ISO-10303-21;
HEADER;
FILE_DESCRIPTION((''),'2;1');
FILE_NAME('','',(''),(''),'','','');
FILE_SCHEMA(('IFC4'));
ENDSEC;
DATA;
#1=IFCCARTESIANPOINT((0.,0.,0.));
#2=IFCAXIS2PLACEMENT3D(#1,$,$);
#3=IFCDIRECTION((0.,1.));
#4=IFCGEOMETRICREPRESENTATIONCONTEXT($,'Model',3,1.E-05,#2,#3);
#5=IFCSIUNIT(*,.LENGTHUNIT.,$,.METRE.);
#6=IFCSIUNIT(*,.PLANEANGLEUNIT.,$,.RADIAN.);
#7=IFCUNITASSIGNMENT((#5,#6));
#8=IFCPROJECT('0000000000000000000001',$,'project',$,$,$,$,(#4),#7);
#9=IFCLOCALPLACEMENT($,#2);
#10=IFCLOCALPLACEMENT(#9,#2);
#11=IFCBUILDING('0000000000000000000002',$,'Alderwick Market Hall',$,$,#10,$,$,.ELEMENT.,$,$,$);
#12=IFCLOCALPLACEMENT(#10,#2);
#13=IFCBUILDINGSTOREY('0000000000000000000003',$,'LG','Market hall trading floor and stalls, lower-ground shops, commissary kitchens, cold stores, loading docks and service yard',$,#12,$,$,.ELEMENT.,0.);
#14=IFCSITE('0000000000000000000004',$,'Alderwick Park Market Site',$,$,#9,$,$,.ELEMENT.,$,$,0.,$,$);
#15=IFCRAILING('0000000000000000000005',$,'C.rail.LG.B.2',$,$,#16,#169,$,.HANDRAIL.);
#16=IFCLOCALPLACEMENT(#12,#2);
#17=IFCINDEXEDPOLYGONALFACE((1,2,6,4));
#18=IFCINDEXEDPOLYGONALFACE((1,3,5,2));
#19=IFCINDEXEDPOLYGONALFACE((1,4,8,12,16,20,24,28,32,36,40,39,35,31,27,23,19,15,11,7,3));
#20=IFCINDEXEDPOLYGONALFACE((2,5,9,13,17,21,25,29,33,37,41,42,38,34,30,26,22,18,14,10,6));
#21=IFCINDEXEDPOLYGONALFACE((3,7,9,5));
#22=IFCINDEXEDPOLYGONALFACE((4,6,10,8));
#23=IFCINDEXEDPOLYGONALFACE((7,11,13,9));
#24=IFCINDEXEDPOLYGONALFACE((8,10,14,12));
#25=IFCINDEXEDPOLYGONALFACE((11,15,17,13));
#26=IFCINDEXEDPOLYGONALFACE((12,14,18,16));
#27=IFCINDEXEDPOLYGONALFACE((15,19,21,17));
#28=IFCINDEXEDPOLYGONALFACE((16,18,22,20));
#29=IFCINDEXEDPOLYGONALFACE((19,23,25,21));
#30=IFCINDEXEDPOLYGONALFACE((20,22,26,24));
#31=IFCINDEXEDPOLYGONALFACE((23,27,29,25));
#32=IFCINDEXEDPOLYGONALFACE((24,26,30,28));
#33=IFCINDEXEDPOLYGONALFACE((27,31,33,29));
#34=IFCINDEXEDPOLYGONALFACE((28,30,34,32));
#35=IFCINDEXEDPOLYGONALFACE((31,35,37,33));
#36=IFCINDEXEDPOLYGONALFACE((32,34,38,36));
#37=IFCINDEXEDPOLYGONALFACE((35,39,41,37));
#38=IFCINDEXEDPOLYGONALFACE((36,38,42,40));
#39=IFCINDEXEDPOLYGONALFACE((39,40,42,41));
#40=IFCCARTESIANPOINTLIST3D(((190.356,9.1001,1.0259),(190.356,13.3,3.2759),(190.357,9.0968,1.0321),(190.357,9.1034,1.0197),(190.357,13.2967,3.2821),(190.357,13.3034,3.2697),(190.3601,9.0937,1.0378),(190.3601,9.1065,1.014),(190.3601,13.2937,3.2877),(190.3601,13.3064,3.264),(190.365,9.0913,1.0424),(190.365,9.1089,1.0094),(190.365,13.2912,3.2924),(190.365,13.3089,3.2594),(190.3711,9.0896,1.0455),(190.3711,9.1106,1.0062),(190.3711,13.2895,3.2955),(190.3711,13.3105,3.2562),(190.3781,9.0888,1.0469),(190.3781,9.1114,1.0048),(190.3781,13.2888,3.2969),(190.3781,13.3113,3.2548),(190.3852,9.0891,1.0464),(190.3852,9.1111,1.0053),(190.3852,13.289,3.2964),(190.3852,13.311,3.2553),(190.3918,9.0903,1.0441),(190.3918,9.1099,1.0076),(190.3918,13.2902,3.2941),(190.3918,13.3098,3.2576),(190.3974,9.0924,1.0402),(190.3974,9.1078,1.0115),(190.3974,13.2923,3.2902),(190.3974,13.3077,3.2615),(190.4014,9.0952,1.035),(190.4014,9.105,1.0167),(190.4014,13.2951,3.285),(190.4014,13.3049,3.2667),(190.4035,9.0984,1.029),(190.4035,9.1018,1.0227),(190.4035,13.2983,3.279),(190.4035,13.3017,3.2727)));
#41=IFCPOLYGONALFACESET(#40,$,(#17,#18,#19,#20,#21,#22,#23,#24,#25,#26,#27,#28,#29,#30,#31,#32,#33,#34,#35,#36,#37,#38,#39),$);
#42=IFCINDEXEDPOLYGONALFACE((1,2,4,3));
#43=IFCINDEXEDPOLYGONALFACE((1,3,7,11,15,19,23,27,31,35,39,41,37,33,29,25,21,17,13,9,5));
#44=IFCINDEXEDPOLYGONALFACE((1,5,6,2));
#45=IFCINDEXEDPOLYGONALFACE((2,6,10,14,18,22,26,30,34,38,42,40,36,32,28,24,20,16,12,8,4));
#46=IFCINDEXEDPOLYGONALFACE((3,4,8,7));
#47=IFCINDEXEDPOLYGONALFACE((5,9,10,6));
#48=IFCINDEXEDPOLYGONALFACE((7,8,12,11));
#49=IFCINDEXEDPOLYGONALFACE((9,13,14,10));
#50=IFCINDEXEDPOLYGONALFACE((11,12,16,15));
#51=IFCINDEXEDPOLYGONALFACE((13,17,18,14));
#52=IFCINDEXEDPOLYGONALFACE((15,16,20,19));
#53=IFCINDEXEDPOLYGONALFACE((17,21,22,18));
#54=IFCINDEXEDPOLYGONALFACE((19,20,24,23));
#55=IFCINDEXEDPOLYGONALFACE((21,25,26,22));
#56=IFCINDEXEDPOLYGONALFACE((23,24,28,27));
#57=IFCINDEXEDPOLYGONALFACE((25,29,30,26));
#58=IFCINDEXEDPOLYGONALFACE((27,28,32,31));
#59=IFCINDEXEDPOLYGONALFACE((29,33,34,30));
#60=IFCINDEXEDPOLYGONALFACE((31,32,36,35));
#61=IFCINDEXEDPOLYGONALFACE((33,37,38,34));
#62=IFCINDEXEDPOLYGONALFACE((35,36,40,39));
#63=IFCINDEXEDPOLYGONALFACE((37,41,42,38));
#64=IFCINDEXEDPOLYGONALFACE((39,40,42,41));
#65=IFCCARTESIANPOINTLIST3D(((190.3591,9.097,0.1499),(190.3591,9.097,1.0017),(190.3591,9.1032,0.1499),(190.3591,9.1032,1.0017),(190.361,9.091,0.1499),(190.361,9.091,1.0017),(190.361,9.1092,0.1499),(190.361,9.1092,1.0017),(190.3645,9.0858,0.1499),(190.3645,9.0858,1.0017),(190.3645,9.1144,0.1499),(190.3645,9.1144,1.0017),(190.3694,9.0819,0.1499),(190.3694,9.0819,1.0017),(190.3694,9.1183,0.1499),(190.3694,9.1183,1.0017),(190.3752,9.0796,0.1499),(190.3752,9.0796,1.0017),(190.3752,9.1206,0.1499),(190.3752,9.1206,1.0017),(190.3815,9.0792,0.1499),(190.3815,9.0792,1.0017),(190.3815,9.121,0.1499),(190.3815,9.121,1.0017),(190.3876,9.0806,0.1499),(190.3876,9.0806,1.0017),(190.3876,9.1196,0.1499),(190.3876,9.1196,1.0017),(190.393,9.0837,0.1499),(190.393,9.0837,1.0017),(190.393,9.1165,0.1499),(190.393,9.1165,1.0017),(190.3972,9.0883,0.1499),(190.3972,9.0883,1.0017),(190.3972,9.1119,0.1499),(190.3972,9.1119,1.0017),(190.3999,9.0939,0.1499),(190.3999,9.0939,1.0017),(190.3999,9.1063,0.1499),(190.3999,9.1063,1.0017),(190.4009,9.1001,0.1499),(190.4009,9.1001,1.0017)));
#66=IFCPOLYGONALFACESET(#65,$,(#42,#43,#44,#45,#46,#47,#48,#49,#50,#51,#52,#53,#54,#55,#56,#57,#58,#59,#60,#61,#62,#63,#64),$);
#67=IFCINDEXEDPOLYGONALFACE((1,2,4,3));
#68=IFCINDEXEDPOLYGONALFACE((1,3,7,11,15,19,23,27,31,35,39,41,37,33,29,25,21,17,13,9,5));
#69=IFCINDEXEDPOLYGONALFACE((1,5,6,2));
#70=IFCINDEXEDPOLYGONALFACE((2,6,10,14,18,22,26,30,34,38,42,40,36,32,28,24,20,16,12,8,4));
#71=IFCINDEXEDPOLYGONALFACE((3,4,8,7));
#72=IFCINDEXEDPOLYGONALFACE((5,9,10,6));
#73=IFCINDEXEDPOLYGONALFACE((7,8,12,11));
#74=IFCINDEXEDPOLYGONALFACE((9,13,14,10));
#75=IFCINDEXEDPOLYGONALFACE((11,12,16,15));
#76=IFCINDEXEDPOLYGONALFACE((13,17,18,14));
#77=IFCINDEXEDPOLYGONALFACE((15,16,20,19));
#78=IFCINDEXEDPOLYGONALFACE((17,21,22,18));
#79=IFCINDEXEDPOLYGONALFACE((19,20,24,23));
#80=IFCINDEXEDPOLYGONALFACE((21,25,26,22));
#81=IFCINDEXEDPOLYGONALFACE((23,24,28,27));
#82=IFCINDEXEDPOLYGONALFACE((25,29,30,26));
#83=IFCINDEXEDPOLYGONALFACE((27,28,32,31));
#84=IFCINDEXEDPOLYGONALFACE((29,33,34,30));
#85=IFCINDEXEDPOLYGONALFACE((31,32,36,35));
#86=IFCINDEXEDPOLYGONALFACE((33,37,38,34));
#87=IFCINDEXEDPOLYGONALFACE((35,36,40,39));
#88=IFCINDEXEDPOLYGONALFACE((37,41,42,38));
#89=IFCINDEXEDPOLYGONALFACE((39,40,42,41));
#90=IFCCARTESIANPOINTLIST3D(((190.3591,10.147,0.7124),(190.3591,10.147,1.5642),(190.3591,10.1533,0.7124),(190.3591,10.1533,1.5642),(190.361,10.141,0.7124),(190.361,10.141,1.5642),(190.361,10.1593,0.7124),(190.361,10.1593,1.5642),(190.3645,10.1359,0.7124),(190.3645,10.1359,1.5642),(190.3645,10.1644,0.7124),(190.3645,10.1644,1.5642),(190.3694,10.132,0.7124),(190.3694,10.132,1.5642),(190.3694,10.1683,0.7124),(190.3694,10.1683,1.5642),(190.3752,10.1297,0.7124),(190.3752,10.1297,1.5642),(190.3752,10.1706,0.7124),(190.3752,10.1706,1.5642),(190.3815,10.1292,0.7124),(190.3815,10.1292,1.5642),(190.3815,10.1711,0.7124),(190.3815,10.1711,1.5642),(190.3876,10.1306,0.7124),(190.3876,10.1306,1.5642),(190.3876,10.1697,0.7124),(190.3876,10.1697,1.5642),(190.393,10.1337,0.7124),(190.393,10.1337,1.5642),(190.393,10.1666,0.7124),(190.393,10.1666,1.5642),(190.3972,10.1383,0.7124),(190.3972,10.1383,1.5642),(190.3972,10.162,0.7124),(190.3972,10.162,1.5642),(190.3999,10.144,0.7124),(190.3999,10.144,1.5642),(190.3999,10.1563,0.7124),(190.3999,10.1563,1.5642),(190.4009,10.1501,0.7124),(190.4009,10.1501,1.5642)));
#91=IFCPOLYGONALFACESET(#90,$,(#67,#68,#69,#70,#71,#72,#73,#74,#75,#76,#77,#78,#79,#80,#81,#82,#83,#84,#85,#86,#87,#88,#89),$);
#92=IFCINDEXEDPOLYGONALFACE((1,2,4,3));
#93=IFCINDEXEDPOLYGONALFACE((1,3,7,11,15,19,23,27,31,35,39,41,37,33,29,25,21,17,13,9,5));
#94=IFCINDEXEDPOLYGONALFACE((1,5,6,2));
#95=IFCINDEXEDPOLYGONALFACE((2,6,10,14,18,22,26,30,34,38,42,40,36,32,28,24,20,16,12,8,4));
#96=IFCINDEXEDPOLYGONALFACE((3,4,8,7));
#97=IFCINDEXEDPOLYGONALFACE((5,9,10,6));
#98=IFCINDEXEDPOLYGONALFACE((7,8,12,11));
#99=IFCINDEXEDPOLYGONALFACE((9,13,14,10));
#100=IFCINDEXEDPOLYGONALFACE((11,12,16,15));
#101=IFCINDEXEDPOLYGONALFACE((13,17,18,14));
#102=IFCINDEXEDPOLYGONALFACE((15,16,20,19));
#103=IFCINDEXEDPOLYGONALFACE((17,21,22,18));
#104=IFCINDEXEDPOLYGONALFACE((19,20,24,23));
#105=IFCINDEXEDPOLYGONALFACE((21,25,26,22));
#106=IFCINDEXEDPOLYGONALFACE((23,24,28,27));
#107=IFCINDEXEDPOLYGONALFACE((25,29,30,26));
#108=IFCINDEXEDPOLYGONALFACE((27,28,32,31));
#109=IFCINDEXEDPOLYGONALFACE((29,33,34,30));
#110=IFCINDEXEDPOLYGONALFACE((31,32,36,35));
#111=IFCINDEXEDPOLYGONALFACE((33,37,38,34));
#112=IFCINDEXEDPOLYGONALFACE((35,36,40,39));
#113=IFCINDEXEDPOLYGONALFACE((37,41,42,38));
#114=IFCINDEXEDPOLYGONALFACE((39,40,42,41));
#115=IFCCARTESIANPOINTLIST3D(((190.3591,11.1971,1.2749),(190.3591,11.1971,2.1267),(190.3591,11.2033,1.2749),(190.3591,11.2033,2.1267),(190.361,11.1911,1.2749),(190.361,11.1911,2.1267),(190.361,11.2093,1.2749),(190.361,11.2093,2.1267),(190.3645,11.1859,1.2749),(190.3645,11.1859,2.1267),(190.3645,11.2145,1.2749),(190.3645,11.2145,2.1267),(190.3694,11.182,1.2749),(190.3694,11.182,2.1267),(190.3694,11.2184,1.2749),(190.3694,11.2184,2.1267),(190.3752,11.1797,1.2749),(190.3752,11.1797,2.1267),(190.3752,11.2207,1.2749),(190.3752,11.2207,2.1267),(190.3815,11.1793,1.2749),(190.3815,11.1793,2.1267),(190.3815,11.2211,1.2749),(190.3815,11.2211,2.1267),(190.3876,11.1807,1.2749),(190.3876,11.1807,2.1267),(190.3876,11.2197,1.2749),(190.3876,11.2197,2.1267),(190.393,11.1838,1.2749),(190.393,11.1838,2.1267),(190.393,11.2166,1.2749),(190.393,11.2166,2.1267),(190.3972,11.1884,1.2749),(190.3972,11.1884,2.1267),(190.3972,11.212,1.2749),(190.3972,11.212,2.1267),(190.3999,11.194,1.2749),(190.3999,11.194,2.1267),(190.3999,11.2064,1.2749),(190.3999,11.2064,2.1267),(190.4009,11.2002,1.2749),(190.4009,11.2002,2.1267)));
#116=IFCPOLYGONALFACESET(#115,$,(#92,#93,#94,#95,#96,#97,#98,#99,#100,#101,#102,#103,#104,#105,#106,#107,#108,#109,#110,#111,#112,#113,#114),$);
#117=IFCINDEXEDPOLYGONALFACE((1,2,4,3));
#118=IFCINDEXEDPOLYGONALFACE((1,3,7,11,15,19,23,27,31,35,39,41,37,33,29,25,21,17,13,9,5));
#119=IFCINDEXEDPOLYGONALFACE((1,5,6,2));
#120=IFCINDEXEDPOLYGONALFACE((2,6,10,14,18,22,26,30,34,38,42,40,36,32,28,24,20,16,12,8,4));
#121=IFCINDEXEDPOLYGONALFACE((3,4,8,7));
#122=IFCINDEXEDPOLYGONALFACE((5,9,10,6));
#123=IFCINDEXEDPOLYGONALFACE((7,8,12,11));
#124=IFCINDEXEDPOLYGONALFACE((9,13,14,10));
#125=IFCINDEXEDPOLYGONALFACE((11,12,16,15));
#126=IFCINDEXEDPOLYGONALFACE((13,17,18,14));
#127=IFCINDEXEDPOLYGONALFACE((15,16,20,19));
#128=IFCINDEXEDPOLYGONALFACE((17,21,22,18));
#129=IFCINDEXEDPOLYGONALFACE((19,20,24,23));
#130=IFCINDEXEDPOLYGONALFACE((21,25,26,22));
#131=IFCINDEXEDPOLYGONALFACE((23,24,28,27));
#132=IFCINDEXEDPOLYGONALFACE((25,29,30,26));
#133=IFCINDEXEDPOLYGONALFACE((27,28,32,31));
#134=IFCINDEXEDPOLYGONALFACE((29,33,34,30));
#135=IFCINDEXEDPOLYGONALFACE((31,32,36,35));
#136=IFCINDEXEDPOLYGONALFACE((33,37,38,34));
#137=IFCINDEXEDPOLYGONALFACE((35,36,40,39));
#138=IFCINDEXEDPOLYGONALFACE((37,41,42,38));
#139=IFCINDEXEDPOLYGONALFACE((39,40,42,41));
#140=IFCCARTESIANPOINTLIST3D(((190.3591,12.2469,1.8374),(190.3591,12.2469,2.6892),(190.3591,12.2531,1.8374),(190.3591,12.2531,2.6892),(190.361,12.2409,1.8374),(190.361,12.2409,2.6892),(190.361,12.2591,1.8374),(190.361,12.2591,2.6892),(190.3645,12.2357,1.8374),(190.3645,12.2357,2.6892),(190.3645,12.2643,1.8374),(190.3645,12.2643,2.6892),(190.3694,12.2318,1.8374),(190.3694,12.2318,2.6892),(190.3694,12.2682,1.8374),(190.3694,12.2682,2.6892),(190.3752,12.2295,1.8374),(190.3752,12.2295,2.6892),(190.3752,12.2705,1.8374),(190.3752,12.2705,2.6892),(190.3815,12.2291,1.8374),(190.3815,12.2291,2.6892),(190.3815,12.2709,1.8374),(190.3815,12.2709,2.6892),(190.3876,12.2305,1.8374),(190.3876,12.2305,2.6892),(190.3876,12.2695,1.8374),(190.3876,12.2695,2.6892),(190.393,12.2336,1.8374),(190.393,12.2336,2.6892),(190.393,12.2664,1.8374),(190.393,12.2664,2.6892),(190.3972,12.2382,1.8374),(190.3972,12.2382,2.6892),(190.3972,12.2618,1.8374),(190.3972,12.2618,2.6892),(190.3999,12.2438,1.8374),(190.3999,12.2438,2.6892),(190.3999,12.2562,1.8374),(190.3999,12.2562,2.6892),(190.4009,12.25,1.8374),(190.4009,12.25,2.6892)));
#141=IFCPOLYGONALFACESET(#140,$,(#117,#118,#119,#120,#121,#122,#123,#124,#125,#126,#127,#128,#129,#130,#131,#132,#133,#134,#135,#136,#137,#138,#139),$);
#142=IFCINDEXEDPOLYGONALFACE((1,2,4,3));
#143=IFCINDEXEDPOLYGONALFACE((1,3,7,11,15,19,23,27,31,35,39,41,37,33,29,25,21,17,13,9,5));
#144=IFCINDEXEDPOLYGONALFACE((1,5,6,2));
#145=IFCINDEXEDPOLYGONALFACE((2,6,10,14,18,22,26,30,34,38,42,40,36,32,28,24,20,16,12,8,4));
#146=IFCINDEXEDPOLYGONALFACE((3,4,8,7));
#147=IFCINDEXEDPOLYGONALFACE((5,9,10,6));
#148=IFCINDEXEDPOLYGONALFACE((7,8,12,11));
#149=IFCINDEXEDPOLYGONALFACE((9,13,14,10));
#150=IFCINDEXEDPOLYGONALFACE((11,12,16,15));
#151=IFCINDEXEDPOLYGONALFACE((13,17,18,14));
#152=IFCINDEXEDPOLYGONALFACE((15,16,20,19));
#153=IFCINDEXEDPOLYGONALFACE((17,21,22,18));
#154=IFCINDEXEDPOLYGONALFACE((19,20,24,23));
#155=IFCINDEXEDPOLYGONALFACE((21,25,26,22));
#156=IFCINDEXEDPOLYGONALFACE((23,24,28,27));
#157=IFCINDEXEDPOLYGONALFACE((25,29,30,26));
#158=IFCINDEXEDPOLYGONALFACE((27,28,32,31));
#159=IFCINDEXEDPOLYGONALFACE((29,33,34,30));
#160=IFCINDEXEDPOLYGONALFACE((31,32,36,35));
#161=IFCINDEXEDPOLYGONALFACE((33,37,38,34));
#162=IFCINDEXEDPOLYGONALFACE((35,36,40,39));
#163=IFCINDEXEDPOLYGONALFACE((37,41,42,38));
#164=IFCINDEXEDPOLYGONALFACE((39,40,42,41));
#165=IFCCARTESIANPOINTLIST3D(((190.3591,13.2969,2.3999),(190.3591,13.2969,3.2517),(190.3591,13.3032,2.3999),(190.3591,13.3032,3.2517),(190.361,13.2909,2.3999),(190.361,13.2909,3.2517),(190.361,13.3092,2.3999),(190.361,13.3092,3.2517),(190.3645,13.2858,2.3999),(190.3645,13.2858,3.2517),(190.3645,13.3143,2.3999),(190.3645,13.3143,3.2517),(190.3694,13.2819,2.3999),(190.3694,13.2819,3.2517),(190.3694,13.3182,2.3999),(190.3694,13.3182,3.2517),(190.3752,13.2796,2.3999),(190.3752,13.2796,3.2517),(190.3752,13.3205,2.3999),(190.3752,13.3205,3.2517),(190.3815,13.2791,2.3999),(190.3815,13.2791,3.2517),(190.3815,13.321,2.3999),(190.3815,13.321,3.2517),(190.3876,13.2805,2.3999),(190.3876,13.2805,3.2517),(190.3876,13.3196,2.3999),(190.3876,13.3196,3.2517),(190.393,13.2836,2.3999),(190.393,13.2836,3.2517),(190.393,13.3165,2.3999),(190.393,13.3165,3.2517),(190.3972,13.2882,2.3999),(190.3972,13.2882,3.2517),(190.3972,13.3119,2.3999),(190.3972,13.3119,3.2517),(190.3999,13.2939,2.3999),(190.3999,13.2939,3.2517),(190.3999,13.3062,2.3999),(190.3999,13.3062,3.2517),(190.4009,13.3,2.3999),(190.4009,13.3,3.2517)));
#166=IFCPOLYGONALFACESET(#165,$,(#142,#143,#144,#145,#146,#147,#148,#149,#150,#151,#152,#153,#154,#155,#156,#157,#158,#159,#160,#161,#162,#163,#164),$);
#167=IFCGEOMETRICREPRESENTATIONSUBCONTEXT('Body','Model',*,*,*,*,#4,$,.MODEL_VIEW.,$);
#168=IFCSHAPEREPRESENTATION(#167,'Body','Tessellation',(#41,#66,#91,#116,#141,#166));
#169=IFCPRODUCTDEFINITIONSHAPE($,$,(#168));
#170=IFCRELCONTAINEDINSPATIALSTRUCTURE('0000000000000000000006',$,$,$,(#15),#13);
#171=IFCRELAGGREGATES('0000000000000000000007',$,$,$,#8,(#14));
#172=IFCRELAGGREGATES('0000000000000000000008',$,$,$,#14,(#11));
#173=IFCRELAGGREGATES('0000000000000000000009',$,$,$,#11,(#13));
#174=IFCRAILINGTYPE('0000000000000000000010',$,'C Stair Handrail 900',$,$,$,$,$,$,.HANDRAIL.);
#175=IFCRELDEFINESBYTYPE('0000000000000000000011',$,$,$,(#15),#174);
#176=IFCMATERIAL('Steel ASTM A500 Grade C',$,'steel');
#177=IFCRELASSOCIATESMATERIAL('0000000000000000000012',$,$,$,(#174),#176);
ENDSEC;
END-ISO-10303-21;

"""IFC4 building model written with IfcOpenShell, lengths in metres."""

from ifc_helpers import new_model, si_unit, direction, frame, origin, origin_2d, place, context, subcontext, project, spatial, circle, extrude, material, type_object, element, save


model = new_model("IFC4")

# Units and contexts
model_context = context("Model", 3, precision=1e-05, world=origin(), true_north=direction((0.0, 1.0)))
body_context = subcontext(model_context, "Body", "Model", "MODEL_VIEW")
ifc_project = project(units=[si_unit("LENGTHUNIT", "METRE"), si_unit("PLANEANGLEUNIT", "RADIAN")], contexts=[model_context])

# Site, building, storey
site_placement = place(None, origin())
site = spatial("IfcSite", under=ifc_project, at=site_placement, Name="Alderwick Park Market Site", CompositionType="ELEMENT", RefElevation=0.0)
building_placement = place(site_placement, origin())
building = spatial("IfcBuilding", under=site, at=building_placement, Name="Alderwick Market Hall", CompositionType="ELEMENT")
storey_placement = place(building_placement, origin())
storey = spatial("IfcBuildingStorey", under=building, at=storey_placement, Name="LG", Description="Market hall trading floor and stalls, lower-ground shops, commissary kitchens, cold stores, loading docks and service yard", CompositionType="ELEMENT", Elevation=0.0)

# Railing
ifc_material_1 = material(Name="Steel ASTM A500 Grade C", Category="steel")
railing_type = type_object("IfcRailingType", Name="C Stair Handrail 900", PredefinedType="HANDRAIL", material=ifc_material_1)
for number, where, name in (
    (1, (190.3799, 9.1001, 0.1499), "C.rail.LG.B.2"),
):
    element("IfcRailing", number, at=place(storey_placement, frame(where)), inside=storey, type_object=railing_type, Name=name, PredefinedType="HANDRAIL", context=body_context, shape_type="SweptSolid", body=[
        extrude(circle(Radius=0.0239, at=origin_2d()), frame((0.0, 0.0, 0.876), z_axis=(0.0, 0.881478, 0.472226), x_axis=(-1.0, 0.0, 0.0)), (0.0, 0.0, 1.0), 4.7646),
        extrude(circle(Radius=0.021, at=origin_2d()), origin(), (0.0, 0.0, 1.0), 0.8518),
        extrude(circle(Radius=0.021, at=origin_2d()), frame((0.0, 1.05, 0.5625)), (0.0, 0.0, 1.0), 0.8518),
        extrude(circle(Radius=0.021, at=origin_2d()), frame((0.0, 2.1001, 1.125)), (0.0, 0.0, 1.0), 0.8518),
        extrude(circle(Radius=0.021, at=origin_2d()), frame((0.0, 3.1499, 1.6875)), (0.0, 0.0, 1.0), 0.8518),
        extrude(circle(Radius=0.021, at=origin_2d()), frame((0.0, 4.2, 2.25)), (0.0, 0.0, 1.0), 0.8518),
    ])

save(model, "model.ifc")
